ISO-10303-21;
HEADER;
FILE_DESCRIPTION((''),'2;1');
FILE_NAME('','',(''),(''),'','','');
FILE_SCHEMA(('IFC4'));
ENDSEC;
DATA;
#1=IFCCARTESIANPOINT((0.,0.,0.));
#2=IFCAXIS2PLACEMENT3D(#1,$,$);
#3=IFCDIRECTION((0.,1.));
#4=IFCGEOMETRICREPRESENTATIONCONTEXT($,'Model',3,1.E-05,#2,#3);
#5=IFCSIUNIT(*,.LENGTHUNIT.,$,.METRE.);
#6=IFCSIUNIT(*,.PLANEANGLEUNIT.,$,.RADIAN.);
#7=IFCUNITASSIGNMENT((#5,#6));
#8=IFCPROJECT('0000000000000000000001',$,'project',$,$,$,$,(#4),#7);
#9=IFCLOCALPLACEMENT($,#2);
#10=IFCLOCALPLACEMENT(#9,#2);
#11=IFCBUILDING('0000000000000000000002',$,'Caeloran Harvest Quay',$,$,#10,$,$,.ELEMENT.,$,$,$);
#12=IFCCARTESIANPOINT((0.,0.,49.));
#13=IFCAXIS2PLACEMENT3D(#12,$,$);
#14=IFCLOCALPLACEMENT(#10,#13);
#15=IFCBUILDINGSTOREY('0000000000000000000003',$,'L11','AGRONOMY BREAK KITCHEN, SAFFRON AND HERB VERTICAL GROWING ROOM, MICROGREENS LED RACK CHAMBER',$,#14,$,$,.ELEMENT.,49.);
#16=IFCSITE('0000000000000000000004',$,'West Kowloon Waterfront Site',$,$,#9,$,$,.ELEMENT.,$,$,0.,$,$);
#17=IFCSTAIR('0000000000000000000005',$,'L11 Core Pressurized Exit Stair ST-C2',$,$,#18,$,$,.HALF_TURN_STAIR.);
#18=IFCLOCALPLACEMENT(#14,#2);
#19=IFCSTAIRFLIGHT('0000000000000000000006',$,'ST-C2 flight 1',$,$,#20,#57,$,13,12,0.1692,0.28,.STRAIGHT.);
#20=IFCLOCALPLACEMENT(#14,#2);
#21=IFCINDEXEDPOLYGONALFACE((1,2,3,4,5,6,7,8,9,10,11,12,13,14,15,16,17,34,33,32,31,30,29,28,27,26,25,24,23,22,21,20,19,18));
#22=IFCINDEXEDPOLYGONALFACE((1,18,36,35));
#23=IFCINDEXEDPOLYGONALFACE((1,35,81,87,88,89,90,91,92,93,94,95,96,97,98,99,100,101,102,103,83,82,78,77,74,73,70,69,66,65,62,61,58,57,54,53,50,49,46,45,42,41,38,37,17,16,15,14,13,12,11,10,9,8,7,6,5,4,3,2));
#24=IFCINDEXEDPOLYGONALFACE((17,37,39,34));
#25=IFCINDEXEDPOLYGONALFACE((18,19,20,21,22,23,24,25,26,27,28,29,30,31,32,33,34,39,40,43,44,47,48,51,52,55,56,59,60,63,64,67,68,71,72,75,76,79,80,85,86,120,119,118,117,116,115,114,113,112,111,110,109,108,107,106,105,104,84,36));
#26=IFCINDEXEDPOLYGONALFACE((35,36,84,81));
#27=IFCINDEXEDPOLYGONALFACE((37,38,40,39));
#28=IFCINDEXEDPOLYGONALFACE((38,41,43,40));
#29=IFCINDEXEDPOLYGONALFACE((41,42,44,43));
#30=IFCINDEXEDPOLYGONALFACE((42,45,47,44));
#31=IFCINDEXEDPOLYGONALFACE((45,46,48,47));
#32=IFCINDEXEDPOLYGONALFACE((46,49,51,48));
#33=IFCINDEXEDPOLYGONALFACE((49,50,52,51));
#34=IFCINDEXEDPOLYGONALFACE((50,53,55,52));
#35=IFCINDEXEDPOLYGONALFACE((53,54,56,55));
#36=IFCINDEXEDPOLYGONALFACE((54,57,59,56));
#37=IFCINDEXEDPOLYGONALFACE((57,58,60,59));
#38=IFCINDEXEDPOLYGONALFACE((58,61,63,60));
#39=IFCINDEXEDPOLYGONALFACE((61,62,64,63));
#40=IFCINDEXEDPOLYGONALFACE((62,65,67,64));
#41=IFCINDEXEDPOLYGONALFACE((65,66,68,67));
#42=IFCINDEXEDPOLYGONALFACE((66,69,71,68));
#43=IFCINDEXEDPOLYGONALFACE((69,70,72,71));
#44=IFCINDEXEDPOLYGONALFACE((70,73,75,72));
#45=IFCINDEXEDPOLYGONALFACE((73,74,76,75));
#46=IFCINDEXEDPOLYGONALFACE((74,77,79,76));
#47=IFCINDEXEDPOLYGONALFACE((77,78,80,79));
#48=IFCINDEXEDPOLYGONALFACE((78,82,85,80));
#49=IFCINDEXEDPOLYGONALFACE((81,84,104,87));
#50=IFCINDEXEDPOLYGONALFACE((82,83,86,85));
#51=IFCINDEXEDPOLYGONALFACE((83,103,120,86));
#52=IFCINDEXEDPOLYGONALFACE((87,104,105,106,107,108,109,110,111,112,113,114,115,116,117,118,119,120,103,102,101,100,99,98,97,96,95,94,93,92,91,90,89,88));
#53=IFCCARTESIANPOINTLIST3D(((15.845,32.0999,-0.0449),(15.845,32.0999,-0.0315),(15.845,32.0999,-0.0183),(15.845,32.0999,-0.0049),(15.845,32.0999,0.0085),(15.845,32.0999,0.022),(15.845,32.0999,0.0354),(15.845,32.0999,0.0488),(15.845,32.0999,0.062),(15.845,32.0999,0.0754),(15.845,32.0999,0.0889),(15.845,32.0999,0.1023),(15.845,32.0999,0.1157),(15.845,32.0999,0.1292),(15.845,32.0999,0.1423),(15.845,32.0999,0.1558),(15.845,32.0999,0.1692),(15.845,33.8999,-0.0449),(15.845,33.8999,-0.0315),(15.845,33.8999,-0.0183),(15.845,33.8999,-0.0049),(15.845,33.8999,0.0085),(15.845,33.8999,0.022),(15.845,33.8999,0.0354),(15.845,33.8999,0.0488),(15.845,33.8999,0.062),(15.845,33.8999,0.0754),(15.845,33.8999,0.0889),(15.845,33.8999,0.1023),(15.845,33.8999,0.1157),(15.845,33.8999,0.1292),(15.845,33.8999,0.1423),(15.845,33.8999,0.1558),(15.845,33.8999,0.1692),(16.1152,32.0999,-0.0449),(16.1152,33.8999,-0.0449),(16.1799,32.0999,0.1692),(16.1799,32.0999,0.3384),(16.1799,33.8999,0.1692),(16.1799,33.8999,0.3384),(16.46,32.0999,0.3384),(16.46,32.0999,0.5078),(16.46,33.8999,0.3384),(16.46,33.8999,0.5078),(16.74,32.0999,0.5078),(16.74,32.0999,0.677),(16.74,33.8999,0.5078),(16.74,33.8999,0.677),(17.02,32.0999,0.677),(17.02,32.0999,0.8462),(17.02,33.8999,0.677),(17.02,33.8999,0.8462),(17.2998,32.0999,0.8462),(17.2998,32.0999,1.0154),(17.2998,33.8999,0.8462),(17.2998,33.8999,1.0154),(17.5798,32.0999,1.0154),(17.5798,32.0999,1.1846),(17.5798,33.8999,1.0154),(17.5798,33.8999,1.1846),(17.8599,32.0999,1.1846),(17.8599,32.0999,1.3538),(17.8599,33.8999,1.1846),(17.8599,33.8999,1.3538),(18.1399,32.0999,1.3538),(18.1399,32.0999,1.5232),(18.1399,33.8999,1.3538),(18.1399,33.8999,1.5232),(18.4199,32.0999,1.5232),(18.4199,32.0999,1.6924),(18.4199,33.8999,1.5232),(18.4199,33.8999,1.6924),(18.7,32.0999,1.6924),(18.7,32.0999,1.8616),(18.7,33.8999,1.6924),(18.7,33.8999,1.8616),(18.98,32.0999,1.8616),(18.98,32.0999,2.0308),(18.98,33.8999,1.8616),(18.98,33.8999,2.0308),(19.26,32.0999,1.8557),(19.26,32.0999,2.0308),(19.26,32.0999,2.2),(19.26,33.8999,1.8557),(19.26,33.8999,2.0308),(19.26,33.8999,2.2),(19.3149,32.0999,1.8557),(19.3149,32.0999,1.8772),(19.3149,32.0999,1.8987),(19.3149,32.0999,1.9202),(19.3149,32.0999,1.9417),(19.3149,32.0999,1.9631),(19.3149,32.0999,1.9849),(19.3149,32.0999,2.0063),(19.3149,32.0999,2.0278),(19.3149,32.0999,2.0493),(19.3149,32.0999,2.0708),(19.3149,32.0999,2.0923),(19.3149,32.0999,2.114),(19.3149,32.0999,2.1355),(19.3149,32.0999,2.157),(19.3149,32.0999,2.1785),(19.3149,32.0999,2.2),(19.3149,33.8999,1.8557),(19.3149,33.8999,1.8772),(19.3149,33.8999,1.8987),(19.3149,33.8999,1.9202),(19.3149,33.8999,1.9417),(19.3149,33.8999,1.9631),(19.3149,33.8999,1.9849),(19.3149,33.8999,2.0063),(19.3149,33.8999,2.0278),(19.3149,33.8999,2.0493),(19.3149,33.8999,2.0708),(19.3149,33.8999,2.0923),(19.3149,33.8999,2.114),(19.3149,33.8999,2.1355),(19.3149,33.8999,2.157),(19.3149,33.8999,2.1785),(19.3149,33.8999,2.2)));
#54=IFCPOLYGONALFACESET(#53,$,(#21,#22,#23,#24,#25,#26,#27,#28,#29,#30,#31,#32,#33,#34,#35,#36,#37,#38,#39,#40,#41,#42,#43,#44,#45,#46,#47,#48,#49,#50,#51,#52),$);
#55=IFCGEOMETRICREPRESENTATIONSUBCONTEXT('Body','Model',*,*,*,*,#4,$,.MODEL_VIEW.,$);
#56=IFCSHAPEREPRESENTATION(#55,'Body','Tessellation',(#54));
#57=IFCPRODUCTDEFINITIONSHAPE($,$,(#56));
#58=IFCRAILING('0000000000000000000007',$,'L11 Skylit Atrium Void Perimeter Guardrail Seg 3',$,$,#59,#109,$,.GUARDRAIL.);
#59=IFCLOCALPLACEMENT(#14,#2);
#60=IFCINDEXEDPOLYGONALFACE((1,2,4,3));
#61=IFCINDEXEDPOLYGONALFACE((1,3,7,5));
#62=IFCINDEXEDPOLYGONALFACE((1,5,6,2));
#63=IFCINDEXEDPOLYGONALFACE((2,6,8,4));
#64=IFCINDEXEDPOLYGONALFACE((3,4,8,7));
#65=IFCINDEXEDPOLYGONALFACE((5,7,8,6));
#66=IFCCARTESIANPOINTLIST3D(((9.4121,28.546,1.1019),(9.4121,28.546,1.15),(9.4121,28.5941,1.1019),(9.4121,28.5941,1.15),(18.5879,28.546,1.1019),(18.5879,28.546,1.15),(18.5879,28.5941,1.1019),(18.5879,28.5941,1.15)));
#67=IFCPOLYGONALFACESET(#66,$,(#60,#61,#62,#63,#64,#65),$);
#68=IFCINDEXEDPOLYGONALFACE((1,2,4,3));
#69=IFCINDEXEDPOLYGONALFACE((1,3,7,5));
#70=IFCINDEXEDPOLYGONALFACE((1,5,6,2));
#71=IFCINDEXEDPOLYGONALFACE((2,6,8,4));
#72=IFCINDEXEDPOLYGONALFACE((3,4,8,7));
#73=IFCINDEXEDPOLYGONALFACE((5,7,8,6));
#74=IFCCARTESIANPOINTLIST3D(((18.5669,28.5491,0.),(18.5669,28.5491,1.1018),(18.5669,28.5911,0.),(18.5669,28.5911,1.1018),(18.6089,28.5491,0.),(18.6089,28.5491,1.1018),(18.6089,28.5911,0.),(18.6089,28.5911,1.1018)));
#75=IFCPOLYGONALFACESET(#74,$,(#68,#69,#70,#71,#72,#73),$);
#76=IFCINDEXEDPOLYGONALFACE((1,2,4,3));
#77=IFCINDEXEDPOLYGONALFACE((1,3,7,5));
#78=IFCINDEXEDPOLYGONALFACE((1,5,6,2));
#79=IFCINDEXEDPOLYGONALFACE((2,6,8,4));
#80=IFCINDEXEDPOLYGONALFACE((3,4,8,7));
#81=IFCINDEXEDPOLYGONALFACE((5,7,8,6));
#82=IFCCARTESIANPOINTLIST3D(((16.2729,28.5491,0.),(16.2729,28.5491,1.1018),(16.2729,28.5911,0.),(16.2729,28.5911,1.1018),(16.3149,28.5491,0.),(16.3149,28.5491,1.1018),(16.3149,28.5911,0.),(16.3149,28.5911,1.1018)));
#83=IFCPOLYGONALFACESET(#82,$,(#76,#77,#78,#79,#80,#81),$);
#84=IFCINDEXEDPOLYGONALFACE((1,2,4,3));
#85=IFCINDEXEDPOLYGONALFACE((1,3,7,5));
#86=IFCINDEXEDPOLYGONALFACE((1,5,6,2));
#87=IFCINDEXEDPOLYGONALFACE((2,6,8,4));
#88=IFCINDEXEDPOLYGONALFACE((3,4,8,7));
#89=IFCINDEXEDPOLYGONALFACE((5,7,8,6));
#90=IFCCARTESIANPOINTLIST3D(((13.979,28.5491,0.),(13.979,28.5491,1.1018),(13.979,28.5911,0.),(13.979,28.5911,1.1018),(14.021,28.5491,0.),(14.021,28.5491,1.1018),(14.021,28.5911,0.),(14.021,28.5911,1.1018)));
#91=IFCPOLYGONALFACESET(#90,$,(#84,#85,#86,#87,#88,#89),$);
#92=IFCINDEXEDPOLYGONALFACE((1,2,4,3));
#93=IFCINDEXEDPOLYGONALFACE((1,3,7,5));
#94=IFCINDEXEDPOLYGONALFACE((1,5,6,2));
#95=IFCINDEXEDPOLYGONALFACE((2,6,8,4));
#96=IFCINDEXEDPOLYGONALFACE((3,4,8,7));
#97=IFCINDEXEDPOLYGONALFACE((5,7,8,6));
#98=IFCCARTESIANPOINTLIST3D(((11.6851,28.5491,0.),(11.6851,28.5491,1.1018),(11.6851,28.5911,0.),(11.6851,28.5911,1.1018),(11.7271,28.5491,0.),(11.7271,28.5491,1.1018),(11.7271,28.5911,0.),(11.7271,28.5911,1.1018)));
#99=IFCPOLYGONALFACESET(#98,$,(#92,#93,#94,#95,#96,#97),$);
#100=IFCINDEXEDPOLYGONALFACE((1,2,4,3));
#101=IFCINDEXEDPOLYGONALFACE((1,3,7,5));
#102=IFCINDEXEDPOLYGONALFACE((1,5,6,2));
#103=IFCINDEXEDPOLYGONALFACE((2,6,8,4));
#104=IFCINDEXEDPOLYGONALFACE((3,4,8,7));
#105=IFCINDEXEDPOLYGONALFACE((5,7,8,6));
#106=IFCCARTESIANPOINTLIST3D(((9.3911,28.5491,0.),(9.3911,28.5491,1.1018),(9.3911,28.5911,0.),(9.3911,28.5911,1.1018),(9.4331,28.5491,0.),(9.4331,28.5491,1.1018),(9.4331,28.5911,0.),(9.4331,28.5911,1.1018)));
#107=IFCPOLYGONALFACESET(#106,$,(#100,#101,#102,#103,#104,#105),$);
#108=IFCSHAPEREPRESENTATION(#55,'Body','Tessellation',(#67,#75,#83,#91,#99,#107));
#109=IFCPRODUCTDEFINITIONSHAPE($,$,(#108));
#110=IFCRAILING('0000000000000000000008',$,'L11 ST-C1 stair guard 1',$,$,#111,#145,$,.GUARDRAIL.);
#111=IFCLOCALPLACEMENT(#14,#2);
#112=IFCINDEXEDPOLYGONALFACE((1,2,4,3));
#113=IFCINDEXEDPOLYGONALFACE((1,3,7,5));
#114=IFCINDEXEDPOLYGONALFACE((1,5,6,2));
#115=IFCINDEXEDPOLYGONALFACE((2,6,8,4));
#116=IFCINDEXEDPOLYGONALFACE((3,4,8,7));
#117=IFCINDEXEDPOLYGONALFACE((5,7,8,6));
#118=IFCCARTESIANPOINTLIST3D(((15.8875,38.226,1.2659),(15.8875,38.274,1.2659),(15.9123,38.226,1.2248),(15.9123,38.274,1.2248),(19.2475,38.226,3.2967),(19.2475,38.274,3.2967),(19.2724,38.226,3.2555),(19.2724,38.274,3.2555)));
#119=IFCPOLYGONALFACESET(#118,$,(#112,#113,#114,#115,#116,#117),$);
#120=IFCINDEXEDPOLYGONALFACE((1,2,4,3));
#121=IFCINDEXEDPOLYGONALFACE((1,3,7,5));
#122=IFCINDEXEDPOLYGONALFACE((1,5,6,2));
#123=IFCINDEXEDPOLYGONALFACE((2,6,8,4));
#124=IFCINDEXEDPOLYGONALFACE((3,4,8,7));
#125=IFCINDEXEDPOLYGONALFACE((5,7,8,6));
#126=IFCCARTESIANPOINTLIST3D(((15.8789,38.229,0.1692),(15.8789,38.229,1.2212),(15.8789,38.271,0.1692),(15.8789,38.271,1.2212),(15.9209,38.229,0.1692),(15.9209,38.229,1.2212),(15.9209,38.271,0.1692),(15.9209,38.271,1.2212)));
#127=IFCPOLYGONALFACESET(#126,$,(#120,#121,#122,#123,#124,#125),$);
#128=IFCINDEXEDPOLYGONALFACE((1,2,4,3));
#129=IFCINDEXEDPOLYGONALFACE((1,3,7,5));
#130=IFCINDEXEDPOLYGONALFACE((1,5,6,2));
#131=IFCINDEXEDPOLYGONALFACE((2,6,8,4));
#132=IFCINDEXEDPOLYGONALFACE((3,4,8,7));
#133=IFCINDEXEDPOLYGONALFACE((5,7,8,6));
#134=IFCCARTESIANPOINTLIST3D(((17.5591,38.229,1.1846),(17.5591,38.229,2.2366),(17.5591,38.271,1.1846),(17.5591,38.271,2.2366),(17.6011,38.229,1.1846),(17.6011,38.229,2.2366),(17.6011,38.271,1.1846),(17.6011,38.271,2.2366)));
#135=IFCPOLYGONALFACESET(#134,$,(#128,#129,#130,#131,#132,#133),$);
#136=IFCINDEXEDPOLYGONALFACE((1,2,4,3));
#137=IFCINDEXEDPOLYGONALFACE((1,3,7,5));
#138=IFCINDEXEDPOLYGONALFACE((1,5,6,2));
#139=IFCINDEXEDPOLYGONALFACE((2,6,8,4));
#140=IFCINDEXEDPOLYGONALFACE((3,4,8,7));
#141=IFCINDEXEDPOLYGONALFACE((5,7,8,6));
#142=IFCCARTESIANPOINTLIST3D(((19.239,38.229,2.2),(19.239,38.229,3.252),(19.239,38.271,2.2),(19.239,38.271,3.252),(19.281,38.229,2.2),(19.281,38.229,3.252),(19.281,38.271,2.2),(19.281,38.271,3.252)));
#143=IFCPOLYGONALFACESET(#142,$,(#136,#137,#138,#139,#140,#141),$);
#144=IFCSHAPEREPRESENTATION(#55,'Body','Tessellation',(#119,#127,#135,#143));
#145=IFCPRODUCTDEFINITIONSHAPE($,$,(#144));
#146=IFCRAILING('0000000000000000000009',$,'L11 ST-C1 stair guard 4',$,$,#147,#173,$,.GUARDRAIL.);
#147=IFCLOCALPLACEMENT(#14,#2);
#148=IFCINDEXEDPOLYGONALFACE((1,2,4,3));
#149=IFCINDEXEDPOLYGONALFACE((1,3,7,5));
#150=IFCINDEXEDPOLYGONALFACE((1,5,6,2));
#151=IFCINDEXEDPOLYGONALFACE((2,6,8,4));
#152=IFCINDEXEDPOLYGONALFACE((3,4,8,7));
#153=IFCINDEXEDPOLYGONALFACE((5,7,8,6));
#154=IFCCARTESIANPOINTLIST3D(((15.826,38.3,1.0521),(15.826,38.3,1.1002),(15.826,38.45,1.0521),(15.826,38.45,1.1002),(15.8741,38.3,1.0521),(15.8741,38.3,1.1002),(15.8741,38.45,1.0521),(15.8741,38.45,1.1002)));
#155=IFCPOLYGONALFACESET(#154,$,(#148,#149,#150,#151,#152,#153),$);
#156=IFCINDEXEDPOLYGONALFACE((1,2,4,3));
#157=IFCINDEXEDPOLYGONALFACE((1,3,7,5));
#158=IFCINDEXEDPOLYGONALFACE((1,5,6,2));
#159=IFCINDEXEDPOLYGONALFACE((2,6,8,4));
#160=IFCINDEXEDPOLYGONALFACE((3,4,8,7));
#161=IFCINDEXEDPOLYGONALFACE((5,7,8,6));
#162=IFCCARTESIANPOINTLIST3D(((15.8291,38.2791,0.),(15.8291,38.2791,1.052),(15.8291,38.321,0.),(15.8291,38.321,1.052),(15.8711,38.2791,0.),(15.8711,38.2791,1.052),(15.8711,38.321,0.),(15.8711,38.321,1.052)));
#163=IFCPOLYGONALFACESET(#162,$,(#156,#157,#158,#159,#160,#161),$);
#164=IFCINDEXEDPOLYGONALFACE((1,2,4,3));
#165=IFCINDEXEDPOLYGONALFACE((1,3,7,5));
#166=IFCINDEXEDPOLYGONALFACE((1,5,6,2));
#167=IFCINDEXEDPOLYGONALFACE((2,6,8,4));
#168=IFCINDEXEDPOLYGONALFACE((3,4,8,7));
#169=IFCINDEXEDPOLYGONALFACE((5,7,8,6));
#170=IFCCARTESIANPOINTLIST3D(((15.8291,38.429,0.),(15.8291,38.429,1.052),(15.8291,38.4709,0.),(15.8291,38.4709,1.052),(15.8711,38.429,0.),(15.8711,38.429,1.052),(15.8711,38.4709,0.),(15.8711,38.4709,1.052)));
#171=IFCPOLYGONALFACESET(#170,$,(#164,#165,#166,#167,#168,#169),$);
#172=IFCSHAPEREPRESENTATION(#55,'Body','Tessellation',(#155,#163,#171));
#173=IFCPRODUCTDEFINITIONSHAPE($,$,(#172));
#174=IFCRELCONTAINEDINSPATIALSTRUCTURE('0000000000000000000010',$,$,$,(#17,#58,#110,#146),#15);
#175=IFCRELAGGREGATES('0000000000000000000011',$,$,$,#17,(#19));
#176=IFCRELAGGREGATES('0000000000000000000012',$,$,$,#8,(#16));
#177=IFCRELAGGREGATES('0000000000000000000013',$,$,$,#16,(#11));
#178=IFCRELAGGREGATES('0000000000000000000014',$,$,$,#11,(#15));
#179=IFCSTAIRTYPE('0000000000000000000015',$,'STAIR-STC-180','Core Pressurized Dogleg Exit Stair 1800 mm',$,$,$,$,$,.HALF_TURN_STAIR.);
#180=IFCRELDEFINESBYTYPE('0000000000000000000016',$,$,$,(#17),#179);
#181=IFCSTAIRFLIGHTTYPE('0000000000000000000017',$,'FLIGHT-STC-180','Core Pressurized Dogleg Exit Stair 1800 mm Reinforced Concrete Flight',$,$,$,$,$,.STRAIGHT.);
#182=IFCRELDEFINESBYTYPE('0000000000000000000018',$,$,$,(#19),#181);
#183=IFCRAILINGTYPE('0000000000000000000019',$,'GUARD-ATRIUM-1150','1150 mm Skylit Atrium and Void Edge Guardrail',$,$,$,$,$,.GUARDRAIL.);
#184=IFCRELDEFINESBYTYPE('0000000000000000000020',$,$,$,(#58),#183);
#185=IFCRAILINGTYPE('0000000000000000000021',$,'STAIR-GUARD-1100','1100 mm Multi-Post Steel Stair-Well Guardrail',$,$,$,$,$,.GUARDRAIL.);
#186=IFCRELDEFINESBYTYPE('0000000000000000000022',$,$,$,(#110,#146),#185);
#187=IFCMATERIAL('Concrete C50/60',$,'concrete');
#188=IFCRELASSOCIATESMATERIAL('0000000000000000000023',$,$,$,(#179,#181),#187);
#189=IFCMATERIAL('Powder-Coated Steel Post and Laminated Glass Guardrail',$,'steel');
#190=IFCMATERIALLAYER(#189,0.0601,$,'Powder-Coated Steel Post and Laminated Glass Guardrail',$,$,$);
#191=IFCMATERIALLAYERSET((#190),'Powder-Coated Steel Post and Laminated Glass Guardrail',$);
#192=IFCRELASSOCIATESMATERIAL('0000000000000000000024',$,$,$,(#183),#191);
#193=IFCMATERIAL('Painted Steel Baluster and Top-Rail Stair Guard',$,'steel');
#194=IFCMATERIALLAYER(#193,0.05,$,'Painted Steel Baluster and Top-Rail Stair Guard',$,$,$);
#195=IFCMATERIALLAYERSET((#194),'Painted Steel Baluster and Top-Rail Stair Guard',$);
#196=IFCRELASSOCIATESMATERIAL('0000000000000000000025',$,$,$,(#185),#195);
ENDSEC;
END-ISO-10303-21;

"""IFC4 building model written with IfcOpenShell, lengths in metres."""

from ifc_helpers import new_model, si_unit, direction, frame, origin, origin_2d, place, context, subcontext, project, spatial, polyline, rectangle, outline, extrude, material, layer, layer_set, type_object, element, aggregate, save


model = new_model("IFC4")

# Units and contexts
model_context = context("Model", 3, precision=1e-05, world=origin(), true_north=direction((0.0, 1.0)))
body_context = subcontext(model_context, "Body", "Model", "MODEL_VIEW")
ifc_project = project(units=[si_unit("LENGTHUNIT", "METRE"), si_unit("PLANEANGLEUNIT", "RADIAN")], contexts=[model_context])

# Site, building, storey
site_placement = place(None, origin())
site = spatial("IfcSite", under=ifc_project, at=site_placement, Name="West Kowloon Waterfront Site", CompositionType="ELEMENT", RefElevation=0.0)
building_placement = place(site_placement, origin())
building = spatial("IfcBuilding", under=site, at=building_placement, Name="Caeloran Harvest Quay", CompositionType="ELEMENT")
storey_placement = place(building_placement, frame((0.0, 0.0, 49.0)))
storey = spatial("IfcBuildingStorey", under=building, at=storey_placement, Name="L11", Description="AGRONOMY BREAK KITCHEN, SAFFRON AND HERB VERTICAL GROWING ROOM, MICROGREENS LED RACK CHAMBER", CompositionType="ELEMENT", Elevation=49.0)

# Stair, stair flight
ifc_material_1 = material(Name="Concrete C50/60", Category="concrete")
stair_type = type_object("IfcStairType", Name="STAIR-STC-180", Description="Core Pressurized Dogleg Exit Stair 1800 mm", PredefinedType="HALF_TURN_STAIR", material=ifc_material_1)
stair_flight_type = type_object("IfcStairFlightType", Name="FLIGHT-STC-180", Description="Core Pressurized Dogleg Exit Stair 1800 mm Reinforced Concrete Flight", PredefinedType="STRAIGHT", material=ifc_material_1)
stair_1_placement = place(storey_placement, origin())
stair_1 = element("IfcStair", 1, at=stair_1_placement, inside=storey, type_object=stair_type, Name="L11 Core Pressurized Exit Stair ST-C2", PredefinedType="HALF_TURN_STAIR")
stair_flight_1_placement = place(storey_placement, frame((15.8999, 33.0, 0.0), z_axis=(0.0, 0.0, 1.0), x_axis=(1.0, 0.0, 0.0)))
stair_flight_1 = element("IfcStairFlight", 2, at=stair_flight_1_placement, type_object=stair_flight_type, Name="ST-C2 flight 1", NumberOfRisers=13, NumberOfTreads=12, PredefinedType="STRAIGHT", RiserHeight=0.1692, TreadLength=0.28, context=body_context, shape_type="SweptSolid", body=[
    extrude(outline(polyline([(-0.0549, -0.0449), (-0.0549, -0.0315), (-0.0549, -0.0183), (-0.0549, -0.0049), (-0.0549, 0.0085), (-0.0549, 0.022), (-0.0549, 0.0354), (-0.0549, 0.0488), (-0.0549, 0.062), (-0.0549, 0.0754), (-0.0549, 0.0889), (-0.0549, 0.1023), (-0.0549, 0.1157), (-0.0549, 0.1292), (-0.0549, 0.1423), (-0.0549, 0.1558), (-0.0549, 0.1692), (0.28, 0.1692), (0.28, 0.3384), (0.5601, 0.3384), (0.5601, 0.5078), (0.8401, 0.5078), (0.8401, 0.677), (1.1201, 0.677), (1.1201, 0.8462), (1.3999, 0.8462), (1.3999, 1.0154), (1.6799, 1.0154), (1.6799, 1.1846), (1.96, 1.1846), (1.96, 1.3538), (2.24, 1.3538), (2.24, 1.5232), (2.52, 1.5232), (2.52, 1.6924), (2.8, 1.6924), (2.8, 1.8616), (3.0801, 1.8616), (3.0801, 2.0308), (3.3601, 2.0308), (3.3601, 2.2), (3.415, 2.2), (3.415, 2.1785), (3.415, 2.157), (3.415, 2.1355), (3.415, 2.114), (3.415, 2.0923), (3.415, 2.0708), (3.415, 2.0493), (3.415, 2.0278), (3.415, 2.0063), (3.415, 1.9849), (3.415, 1.9631), (3.415, 1.9417), (3.415, 1.9202), (3.415, 1.8987), (3.415, 1.8772), (3.415, 1.8557), (3.3601, 1.8557), (0.2153, -0.0449), (-0.0549, -0.0449)])), frame((0.0, 0.8999, 0.0), z_axis=(0.0, -1.0, 0.0), x_axis=(1.0, 0.0, 0.0)), (0.0, 0.0, 1.0), 1.8),
])
aggregate(stair_1, [stair_flight_1])

# Railings
ifc_material_2 = material(Name="Powder-Coated Steel Post and Laminated Glass Guardrail", Category="steel")
ifc_layer_1 = layer(ifc_material_2, 0.0601, Name="Powder-Coated Steel Post and Laminated Glass Guardrail")
ifc_layer_set_1 = layer_set([ifc_layer_1], Name="Powder-Coated Steel Post and Laminated Glass Guardrail")
railing_type_1 = type_object("IfcRailingType", Name="GUARD-ATRIUM-1150", Description="1150 mm Skylit Atrium and Void Edge Guardrail", PredefinedType="GUARDRAIL", material=ifc_layer_set_1)
railing_1_placement = place(storey_placement, frame((18.5879, 28.5701, 0.0)))
element("IfcRailing", 3, at=railing_1_placement, inside=storey, type_object=railing_type_1, Name="L11 Skylit Atrium Void Perimeter Guardrail Seg 3", PredefinedType="GUARDRAIL", context=body_context, shape_type="SweptSolid", body=[
    extrude(rectangle(XDim=0.0481, YDim=0.0481, at=origin_2d()), frame((0.0, 0.0, 1.126), z_axis=(-1.0, 0.0, 0.0), x_axis=(0.0, -1.0, 0.0)), (0.0, 0.0, 1.0), 9.1758),
    extrude(rectangle(XDim=0.042, YDim=0.042, at=origin_2d()), origin(), (0.0, 0.0, 1.0), 1.1018),
    extrude(rectangle(XDim=0.042, YDim=0.042, at=origin_2d()), frame((-2.2939, 0.0, 0.0)), (0.0, 0.0, 1.0), 1.1018),
    extrude(rectangle(XDim=0.042, YDim=0.042, at=origin_2d()), frame((-4.5879, 0.0, 0.0)), (0.0, 0.0, 1.0), 1.1018),
    extrude(rectangle(XDim=0.042, YDim=0.042, at=origin_2d()), frame((-6.8818, 0.0, 0.0)), (0.0, 0.0, 1.0), 1.1018),
    extrude(rectangle(XDim=0.042, YDim=0.042, at=origin_2d()), frame((-9.1758, 0.0, 0.0)), (0.0, 0.0, 1.0), 1.1018),
])
ifc_material_3 = material(Name="Painted Steel Baluster and Top-Rail Stair Guard", Category="steel")
ifc_layer_2 = layer(ifc_material_3, 0.05, Name="Painted Steel Baluster and Top-Rail Stair Guard")
ifc_layer_set_2 = layer_set([ifc_layer_2], Name="Painted Steel Baluster and Top-Rail Stair Guard")
railing_type_2 = type_object("IfcRailingType", Name="STAIR-GUARD-1100", Description="1100 mm Multi-Post Steel Stair-Well Guardrail", PredefinedType="GUARDRAIL", material=ifc_layer_set_2)
railing_2_placement = place(storey_placement, frame((15.8999, 38.25, 0.1692)))
element("IfcRailing", 4, at=railing_2_placement, inside=storey, type_object=railing_type_2, Name="L11 ST-C1 stair guard 1", PredefinedType="GUARDRAIL", context=body_context, shape_type="SweptSolid", body=[
    extrude(rectangle(XDim=0.0481, YDim=0.0481, at=origin_2d()), frame((0.0, 0.0, 1.0762), z_axis=(0.855837, 0.0, 0.517246), x_axis=(0.0, 1.0, 0.0)), (0.0, 0.0, 1.0), 3.926),
    extrude(rectangle(XDim=0.042, YDim=0.042, at=origin_2d()), origin(), (0.0, 0.0, 1.0), 1.052),
    extrude(rectangle(XDim=0.042, YDim=0.042, at=origin_2d()), frame((1.6802, 0.0, 1.0154)), (0.0, 0.0, 1.0), 1.052),
    extrude(rectangle(XDim=0.042, YDim=0.042, at=origin_2d()), frame((3.3601, 0.0, 2.0308)), (0.0, 0.0, 1.0), 1.052),
])
railing_3_placement = place(storey_placement, frame((15.8501, 38.3, 0.0)))
element("IfcRailing", 5, at=railing_3_placement, inside=storey, type_object=railing_type_2, Name="L11 ST-C1 stair guard 4", PredefinedType="GUARDRAIL", context=body_context, shape_type="SweptSolid", body=[
    extrude(rectangle(XDim=0.0481, YDim=0.0481, at=origin_2d()), frame((0.0, 0.0, 1.0762), z_axis=(0.0, 1.0, 0.0), x_axis=(-1.0, 0.0, 0.0)), (0.0, 0.0, 1.0), 0.1499),
    extrude(rectangle(XDim=0.042, YDim=0.042, at=origin_2d()), origin(), (0.0, 0.0, 1.0), 1.052),
    extrude(rectangle(XDim=0.042, YDim=0.042, at=origin_2d()), frame((0.0, 0.1499, 0.0)), (0.0, 0.0, 1.0), 1.052),
])

save(model, "model.ifc")
